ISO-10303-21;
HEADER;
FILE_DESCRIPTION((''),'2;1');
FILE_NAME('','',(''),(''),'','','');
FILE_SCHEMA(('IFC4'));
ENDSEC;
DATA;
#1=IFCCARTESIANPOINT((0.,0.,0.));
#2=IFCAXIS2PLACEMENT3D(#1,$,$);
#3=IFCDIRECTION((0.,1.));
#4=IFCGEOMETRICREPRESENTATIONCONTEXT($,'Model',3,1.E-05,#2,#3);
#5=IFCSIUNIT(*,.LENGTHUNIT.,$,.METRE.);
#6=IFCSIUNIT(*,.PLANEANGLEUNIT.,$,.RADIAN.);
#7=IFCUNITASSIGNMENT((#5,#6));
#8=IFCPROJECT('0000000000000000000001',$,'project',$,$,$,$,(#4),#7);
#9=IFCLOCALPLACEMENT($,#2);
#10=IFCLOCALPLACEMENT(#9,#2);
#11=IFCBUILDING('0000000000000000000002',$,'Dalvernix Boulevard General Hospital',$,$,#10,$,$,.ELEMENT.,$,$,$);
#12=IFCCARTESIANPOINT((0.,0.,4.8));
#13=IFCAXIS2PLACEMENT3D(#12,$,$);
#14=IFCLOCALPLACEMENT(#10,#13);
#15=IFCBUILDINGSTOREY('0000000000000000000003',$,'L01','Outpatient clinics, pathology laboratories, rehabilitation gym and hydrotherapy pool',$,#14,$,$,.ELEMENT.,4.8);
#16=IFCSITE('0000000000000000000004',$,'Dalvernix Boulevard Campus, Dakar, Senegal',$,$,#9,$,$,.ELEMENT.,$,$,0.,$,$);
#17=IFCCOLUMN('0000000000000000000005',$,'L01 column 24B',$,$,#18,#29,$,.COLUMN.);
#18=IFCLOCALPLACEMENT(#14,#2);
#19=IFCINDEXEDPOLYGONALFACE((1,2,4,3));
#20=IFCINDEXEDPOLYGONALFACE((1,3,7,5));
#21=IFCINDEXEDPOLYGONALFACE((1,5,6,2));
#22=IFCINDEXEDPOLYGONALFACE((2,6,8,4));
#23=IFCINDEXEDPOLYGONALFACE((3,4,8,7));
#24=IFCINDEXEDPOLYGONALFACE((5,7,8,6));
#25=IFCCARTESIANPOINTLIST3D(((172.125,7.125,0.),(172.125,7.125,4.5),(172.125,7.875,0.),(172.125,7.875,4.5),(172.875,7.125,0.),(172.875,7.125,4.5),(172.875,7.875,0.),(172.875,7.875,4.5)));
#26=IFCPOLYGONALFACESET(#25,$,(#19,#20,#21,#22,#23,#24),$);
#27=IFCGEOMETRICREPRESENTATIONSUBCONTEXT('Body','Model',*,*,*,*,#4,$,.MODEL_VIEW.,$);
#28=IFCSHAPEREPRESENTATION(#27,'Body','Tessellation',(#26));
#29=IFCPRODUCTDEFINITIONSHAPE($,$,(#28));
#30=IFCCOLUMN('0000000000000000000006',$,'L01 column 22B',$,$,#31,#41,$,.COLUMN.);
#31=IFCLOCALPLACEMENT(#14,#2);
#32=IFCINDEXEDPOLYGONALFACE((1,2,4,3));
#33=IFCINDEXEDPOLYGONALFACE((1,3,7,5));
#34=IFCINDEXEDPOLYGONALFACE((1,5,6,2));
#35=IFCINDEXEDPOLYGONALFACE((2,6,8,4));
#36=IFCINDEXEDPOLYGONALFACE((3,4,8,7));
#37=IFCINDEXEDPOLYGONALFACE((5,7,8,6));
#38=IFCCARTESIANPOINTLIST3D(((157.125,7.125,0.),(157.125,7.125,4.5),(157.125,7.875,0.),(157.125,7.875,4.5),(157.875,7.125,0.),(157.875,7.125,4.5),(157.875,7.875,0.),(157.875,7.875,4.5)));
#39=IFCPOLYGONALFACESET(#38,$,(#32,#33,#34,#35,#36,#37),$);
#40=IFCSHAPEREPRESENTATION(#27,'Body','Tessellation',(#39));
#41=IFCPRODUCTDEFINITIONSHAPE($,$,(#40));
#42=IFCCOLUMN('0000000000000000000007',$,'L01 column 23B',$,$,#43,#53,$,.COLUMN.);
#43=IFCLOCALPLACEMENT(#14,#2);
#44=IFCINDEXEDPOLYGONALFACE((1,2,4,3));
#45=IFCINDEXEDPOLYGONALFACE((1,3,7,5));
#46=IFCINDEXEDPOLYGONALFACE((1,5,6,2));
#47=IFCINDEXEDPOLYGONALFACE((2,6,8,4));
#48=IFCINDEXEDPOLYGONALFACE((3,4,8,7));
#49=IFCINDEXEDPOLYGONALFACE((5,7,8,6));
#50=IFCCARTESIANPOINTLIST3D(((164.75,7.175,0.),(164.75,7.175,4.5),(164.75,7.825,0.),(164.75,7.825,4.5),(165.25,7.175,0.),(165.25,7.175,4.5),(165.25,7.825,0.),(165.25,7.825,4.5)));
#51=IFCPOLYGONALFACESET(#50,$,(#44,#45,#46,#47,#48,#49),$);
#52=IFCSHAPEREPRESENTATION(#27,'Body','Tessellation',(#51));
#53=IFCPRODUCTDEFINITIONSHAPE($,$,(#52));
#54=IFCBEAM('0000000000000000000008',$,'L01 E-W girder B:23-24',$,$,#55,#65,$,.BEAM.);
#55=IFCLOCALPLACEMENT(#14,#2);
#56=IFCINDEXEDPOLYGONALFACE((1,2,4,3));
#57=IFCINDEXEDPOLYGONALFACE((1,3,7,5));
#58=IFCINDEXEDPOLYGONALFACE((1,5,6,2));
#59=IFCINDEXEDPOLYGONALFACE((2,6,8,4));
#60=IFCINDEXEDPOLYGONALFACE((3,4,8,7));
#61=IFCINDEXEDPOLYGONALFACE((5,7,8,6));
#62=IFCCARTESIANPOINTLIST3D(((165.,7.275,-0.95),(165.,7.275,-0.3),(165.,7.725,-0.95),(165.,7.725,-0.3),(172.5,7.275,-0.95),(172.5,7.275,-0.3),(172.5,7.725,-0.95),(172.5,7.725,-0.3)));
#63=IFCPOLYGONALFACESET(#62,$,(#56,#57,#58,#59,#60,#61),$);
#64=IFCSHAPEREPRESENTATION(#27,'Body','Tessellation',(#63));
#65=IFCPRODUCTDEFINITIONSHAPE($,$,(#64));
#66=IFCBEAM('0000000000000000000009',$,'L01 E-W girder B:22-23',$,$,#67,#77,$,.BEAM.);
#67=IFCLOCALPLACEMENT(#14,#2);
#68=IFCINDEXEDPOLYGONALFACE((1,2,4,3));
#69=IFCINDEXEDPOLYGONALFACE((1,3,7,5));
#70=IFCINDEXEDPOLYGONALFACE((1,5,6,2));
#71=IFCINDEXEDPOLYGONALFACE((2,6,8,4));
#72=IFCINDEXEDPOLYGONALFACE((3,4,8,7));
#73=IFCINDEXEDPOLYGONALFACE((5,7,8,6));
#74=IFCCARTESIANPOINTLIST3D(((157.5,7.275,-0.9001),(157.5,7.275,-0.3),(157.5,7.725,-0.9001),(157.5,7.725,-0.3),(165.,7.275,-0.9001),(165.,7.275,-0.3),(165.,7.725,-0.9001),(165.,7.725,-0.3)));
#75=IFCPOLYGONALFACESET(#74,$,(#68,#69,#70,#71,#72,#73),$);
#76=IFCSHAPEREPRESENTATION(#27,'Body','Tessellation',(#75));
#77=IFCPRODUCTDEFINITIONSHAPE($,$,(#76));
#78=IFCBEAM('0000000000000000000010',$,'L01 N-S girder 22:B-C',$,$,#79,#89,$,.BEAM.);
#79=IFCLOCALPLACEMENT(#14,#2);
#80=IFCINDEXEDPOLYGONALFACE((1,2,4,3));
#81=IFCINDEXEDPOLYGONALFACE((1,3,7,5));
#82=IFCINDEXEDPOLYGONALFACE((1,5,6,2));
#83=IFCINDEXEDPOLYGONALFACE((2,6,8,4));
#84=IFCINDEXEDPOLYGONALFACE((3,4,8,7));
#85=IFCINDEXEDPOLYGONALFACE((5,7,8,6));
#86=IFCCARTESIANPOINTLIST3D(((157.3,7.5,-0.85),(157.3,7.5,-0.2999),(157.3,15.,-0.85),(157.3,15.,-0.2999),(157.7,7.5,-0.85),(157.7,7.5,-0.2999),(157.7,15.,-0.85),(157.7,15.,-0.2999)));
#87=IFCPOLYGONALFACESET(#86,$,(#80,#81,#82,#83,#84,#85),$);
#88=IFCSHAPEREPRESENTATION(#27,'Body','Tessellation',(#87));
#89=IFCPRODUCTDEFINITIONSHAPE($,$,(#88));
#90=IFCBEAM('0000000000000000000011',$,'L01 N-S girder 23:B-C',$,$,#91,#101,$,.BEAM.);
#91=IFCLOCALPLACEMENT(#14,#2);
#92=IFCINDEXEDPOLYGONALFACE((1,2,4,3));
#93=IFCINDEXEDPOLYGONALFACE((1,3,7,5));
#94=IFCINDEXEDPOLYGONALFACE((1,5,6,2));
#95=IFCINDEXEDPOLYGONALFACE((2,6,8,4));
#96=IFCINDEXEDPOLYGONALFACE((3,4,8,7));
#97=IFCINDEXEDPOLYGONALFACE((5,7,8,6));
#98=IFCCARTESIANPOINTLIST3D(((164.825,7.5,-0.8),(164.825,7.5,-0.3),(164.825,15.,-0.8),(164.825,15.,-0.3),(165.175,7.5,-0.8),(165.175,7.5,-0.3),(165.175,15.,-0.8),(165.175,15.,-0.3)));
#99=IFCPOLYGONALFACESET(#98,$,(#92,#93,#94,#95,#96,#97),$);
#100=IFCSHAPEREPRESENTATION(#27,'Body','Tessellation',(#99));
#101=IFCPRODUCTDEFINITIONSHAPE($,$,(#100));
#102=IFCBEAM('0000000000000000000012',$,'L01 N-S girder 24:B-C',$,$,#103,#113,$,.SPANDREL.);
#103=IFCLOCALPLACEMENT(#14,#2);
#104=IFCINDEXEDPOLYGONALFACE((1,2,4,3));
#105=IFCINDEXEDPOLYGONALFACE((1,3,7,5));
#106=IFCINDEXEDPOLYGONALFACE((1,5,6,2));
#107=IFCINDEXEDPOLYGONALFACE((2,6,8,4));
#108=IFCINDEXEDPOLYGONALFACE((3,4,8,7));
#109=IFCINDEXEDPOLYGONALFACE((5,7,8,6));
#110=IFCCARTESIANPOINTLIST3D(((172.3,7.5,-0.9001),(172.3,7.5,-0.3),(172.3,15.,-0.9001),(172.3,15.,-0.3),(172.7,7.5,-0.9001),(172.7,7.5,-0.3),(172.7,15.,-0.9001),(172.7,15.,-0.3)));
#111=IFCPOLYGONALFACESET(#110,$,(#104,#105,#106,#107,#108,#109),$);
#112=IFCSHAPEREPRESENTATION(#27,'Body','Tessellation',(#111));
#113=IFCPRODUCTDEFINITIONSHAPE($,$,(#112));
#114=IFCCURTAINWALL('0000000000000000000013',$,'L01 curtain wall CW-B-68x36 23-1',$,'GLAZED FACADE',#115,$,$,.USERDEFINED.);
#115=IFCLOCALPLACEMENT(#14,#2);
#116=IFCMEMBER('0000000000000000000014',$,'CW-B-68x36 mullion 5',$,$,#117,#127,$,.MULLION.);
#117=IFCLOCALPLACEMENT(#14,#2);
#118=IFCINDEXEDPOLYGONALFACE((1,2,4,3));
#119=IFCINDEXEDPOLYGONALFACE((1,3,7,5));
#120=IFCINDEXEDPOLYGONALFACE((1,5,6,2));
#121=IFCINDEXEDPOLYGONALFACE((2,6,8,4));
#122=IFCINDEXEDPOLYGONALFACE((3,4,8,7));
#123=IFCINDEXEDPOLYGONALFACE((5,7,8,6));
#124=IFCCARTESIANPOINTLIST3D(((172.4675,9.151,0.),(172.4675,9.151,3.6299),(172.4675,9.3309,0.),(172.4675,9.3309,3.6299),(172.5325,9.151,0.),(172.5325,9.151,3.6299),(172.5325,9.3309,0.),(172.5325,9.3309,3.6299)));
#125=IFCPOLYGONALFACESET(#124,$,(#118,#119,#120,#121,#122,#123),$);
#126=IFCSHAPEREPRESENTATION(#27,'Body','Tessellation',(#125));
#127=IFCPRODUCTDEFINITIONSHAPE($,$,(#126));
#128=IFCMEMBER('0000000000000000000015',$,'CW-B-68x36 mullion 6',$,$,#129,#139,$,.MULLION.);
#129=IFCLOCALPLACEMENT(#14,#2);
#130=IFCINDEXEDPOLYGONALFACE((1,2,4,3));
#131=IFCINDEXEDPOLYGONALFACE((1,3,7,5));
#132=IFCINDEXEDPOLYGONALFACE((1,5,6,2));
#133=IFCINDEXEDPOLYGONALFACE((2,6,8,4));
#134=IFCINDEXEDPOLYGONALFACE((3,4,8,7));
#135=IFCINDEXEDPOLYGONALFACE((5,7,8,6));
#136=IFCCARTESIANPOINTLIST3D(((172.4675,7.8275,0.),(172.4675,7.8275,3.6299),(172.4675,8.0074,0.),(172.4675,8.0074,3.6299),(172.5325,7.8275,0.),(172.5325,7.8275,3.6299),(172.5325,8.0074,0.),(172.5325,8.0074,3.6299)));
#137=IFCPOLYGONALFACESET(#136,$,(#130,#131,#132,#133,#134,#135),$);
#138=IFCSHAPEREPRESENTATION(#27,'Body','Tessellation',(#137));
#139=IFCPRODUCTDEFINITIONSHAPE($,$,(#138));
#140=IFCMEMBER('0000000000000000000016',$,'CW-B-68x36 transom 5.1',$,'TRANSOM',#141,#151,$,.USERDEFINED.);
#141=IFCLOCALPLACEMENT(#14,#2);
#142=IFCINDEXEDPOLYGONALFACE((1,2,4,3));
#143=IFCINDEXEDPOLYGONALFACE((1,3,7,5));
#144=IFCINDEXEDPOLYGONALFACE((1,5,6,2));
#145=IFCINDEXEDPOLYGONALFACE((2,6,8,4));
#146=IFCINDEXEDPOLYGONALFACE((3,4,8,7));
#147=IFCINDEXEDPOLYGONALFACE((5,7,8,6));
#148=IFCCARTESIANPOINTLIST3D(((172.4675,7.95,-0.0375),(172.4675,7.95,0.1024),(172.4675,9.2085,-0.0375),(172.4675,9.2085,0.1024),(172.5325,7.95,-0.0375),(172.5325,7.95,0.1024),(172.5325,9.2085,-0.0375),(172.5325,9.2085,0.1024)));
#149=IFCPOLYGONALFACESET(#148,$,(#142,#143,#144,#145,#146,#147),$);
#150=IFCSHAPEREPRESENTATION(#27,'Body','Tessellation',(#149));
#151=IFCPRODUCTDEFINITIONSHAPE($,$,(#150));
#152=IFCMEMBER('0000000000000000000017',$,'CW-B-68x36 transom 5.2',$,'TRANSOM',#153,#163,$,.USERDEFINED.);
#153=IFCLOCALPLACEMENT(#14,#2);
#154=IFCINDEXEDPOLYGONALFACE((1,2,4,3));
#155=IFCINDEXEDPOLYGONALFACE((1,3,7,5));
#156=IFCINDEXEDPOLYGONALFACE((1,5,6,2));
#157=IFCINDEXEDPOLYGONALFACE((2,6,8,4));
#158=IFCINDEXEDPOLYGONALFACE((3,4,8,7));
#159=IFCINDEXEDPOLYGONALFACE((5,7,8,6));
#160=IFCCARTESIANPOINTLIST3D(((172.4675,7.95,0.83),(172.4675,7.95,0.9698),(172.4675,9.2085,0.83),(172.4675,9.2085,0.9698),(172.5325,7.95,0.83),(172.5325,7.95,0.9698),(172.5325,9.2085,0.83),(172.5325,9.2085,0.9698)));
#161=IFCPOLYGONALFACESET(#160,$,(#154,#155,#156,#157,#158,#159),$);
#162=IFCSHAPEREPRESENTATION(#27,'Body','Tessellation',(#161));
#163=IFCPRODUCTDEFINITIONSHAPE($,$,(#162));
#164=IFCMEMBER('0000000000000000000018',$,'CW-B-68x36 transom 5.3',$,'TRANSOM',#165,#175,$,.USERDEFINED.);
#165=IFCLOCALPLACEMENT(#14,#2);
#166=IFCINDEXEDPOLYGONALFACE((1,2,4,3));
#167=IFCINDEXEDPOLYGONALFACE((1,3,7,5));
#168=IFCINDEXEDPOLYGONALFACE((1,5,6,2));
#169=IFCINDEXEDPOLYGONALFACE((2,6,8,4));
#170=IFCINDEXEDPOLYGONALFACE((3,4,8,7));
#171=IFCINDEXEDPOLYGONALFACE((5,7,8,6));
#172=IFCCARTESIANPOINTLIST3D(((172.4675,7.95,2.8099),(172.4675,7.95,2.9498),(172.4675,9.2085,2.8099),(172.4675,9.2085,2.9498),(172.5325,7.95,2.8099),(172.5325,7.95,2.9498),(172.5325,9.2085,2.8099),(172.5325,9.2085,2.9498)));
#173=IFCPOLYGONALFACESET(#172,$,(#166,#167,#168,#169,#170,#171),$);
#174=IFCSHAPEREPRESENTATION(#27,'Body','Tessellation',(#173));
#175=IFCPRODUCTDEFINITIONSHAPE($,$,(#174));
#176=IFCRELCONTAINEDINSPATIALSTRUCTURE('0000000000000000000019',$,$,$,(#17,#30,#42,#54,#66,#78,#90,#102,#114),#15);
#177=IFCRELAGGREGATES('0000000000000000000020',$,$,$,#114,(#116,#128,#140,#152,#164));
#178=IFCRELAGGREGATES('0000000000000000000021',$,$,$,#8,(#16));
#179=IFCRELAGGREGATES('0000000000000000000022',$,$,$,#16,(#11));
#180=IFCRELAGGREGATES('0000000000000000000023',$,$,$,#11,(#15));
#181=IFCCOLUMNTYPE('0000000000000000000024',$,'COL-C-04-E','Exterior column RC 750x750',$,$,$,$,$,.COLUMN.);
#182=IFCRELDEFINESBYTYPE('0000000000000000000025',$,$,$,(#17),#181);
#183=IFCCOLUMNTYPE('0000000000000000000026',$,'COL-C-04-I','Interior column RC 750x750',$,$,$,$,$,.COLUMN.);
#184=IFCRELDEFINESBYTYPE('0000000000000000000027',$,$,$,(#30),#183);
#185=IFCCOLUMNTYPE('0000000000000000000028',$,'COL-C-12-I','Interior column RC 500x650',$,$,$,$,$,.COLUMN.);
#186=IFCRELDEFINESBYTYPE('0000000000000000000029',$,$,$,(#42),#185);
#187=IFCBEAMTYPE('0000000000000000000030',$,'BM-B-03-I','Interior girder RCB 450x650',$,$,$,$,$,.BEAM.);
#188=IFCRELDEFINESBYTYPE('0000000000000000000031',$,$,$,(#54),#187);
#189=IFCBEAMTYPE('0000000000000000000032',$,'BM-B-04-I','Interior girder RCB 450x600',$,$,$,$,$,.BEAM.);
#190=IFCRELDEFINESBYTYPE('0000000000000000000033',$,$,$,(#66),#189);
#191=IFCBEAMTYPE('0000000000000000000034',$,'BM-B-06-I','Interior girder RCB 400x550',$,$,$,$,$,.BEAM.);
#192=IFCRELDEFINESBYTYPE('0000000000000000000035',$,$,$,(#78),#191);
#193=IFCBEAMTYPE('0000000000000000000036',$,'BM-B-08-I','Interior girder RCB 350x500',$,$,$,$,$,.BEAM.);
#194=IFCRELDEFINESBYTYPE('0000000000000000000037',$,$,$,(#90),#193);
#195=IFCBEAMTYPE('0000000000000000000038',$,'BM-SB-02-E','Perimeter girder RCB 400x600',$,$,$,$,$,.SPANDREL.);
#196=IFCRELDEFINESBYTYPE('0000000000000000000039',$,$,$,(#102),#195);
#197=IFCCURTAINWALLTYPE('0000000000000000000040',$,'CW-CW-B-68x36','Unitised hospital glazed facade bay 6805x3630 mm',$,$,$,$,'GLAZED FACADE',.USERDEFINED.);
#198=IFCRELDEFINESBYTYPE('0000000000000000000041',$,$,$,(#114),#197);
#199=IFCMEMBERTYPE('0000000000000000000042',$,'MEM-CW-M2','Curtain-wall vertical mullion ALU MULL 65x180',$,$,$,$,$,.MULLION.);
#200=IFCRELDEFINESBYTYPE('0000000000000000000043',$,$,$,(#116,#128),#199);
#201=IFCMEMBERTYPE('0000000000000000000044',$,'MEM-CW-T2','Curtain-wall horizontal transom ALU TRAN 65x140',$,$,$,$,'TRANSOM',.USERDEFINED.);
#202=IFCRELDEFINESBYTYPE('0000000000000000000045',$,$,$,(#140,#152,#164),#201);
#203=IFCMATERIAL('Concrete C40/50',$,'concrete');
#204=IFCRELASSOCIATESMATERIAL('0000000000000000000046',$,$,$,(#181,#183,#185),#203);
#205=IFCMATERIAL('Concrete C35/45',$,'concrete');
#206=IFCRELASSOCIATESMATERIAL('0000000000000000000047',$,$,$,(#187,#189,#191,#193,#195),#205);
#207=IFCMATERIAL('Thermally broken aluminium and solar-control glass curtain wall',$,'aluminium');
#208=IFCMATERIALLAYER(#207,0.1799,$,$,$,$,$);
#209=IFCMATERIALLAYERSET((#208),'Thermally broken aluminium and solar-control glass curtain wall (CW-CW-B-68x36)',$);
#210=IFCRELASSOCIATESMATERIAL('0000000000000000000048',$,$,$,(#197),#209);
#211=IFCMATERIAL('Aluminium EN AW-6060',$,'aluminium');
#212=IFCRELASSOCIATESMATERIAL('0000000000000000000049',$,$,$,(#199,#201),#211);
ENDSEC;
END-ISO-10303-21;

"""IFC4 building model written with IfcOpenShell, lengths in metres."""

from ifc_helpers import new_model, si_unit, direction, frame, origin, origin_2d, place, context, subcontext, project, spatial, rectangle, extrude, material, layer, layer_set, material_profile, profile_set, type_object, element, aggregate, save


model = new_model("IFC4")

# Units and contexts
model_context = context("Model", 3, precision=1e-05, world=origin(), true_north=direction((0.0, 1.0)))
body_context = subcontext(model_context, "Body", "Model", "MODEL_VIEW")
ifc_project = project(units=[si_unit("LENGTHUNIT", "METRE"), si_unit("PLANEANGLEUNIT", "RADIAN")], contexts=[model_context])

# Site, building, storey
site_placement = place(None, origin())
site = spatial("IfcSite", under=ifc_project, at=site_placement, Name="Dalvernix Boulevard Campus, Dakar, Senegal", CompositionType="ELEMENT", RefElevation=0.0)
building_placement = place(site_placement, origin())
building = spatial("IfcBuilding", under=site, at=building_placement, Name="Dalvernix Boulevard General Hospital", CompositionType="ELEMENT")
storey_placement = place(building_placement, frame((0.0, 0.0, 4.8)))
storey = spatial("IfcBuildingStorey", under=building, at=storey_placement, Name="L01", Description="Outpatient clinics, pathology laboratories, rehabilitation gym and hydrotherapy pool", CompositionType="ELEMENT", Elevation=4.8)

# Columns
ifc_material_1 = material(Name="Concrete C40/50", Category="concrete")
ifc_material_profile_1 = material_profile(ifc_material_1, rectangle(XDim=0.75, YDim=0.75, at=origin_2d()), Name="RC 750x750")
ifc_profile_set_1 = profile_set([ifc_material_profile_1], Name="Concrete C40/50")
column_type_1 = type_object("IfcColumnType", Name="COL-C-04-E", Description="Exterior column RC 750x750", PredefinedType="COLUMN", material=ifc_profile_set_1)
column_1_placement = place(storey_placement, frame((172.5, 7.5, 0.0), z_axis=(0.0, 0.0, 1.0), x_axis=(1.0, 0.0, 0.0)))
element("IfcColumn", 1, at=column_1_placement, inside=storey, type_object=column_type_1, Name="L01 column 24B", PredefinedType="COLUMN", context=body_context, shape_type="SweptSolid", body=[
    extrude(rectangle(XDim=0.75, YDim=0.75, at=origin_2d()), origin(), (0.0, 0.0, 1.0), 4.5),
])
ifc_material_profile_2 = material_profile(ifc_material_1, rectangle(XDim=0.75, YDim=0.75, at=origin_2d()), Name="RC 750x750")
ifc_profile_set_2 = profile_set([ifc_material_profile_2], Name="Concrete C40/50")
column_type_2 = type_object("IfcColumnType", Name="COL-C-04-I", Description="Interior column RC 750x750", PredefinedType="COLUMN", material=ifc_profile_set_2)
column_2_placement = place(storey_placement, frame((157.5, 7.5, 0.0), z_axis=(0.0, 0.0, 1.0), x_axis=(1.0, 0.0, 0.0)))
element("IfcColumn", 2, at=column_2_placement, inside=storey, type_object=column_type_2, Name="L01 column 22B", PredefinedType="COLUMN", context=body_context, shape_type="SweptSolid", body=[
    extrude(rectangle(XDim=0.75, YDim=0.75, at=origin_2d()), origin(), (0.0, 0.0, 1.0), 4.5),
])
ifc_material_profile_3 = material_profile(ifc_material_1, rectangle(XDim=0.5, YDim=0.6499, at=origin_2d()), Name="RC 500x650")
ifc_profile_set_3 = profile_set([ifc_material_profile_3], Name="Concrete C40/50")
column_type_3 = type_object("IfcColumnType", Name="COL-C-12-I", Description="Interior column RC 500x650", PredefinedType="COLUMN", material=ifc_profile_set_3)
column_3_placement = place(storey_placement, frame((165.0, 7.5, 0.0), z_axis=(0.0, 0.0, 1.0), x_axis=(1.0, 0.0, 0.0)))
element("IfcColumn", 3, at=column_3_placement, inside=storey, type_object=column_type_3, Name="L01 column 23B", PredefinedType="COLUMN", context=body_context, shape_type="SweptSolid", body=[
    extrude(rectangle(XDim=0.5, YDim=0.6499, at=origin_2d()), origin(), (0.0, 0.0, 1.0), 4.5),
])

# Beams
ifc_material_2 = material(Name="Concrete C35/45", Category="concrete")
ifc_material_profile_4 = material_profile(ifc_material_2, rectangle(XDim=0.45, YDim=0.6499, at=origin_2d()), Name="RCB 450x650")
ifc_profile_set_4 = profile_set([ifc_material_profile_4], Name="Concrete C35/45")
beam_type_1 = type_object("IfcBeamType", Name="BM-B-03-I", Description="Interior girder RCB 450x650", PredefinedType="BEAM", material=ifc_profile_set_4)
beam_1_placement = place(storey_placement, frame((165.0, 7.5, -0.625), z_axis=(1.0, 0.0, 0.0), x_axis=(0.0, 1.0, 0.0)))
element("IfcBeam", 4, at=beam_1_placement, inside=storey, type_object=beam_type_1, Name="L01 E-W girder B:23-24", PredefinedType="BEAM", context=body_context, shape_type="SweptSolid", body=[
    extrude(rectangle(XDim=0.45, YDim=0.6499, at=origin_2d()), origin(), (0.0, 0.0, 1.0), 7.5),
])
ifc_material_profile_5 = material_profile(ifc_material_2, rectangle(XDim=0.45, YDim=0.6001, at=origin_2d()), Name="RCB 450x600")
ifc_profile_set_5 = profile_set([ifc_material_profile_5], Name="Concrete C35/45")
beam_type_2 = type_object("IfcBeamType", Name="BM-B-04-I", Description="Interior girder RCB 450x600", PredefinedType="BEAM", material=ifc_profile_set_5)
beam_2_placement = place(storey_placement, frame((157.5, 7.5, -0.6001), z_axis=(1.0, 0.0, 0.0), x_axis=(0.0, 1.0, 0.0)))
element("IfcBeam", 5, at=beam_2_placement, inside=storey, type_object=beam_type_2, Name="L01 E-W girder B:22-23", PredefinedType="BEAM", context=body_context, shape_type="SweptSolid", body=[
    extrude(rectangle(XDim=0.45, YDim=0.6001, at=origin_2d()), origin(), (0.0, 0.0, 1.0), 7.5),
])
ifc_material_profile_6 = material_profile(ifc_material_2, rectangle(XDim=0.3999, YDim=0.55, at=origin_2d()), Name="RCB 400x550")
ifc_profile_set_6 = profile_set([ifc_material_profile_6], Name="Concrete C35/45")
beam_type_3 = type_object("IfcBeamType", Name="BM-B-06-I", Description="Interior girder RCB 400x550", PredefinedType="BEAM", material=ifc_profile_set_6)
beam_3_placement = place(storey_placement, frame((157.5, 7.5, -0.575), z_axis=(0.0, 1.0, 0.0), x_axis=(-1.0, 0.0, 0.0)))
element("IfcBeam", 6, at=beam_3_placement, inside=storey, type_object=beam_type_3, Name="L01 N-S girder 22:B-C", PredefinedType="BEAM", context=body_context, shape_type="SweptSolid", body=[
    extrude(rectangle(XDim=0.3999, YDim=0.55, at=origin_2d()), origin(), (0.0, 0.0, 1.0), 7.5),
])
ifc_material_profile_7 = material_profile(ifc_material_2, rectangle(XDim=0.3501, YDim=0.5, at=origin_2d()), Name="RCB 350x500")
ifc_profile_set_7 = profile_set([ifc_material_profile_7], Name="Concrete C35/45")
beam_type_4 = type_object("IfcBeamType", Name="BM-B-08-I", Description="Interior girder RCB 350x500", PredefinedType="BEAM", material=ifc_profile_set_7)
beam_4_placement = place(storey_placement, frame((165.0, 7.5, -0.55), z_axis=(0.0, 1.0, 0.0), x_axis=(-1.0, 0.0, 0.0)))
element("IfcBeam", 7, at=beam_4_placement, inside=storey, type_object=beam_type_4, Name="L01 N-S girder 23:B-C", PredefinedType="BEAM", context=body_context, shape_type="SweptSolid", body=[
    extrude(rectangle(XDim=0.3501, YDim=0.5, at=origin_2d()), origin(), (0.0, 0.0, 1.0), 7.5),
])
ifc_material_profile_8 = material_profile(ifc_material_2, rectangle(XDim=0.3999, YDim=0.6001, at=origin_2d()), Name="RCB 400x600")
ifc_profile_set_8 = profile_set([ifc_material_profile_8], Name="Concrete C35/45")
beam_type_5 = type_object("IfcBeamType", Name="BM-SB-02-E", Description="Perimeter girder RCB 400x600", PredefinedType="SPANDREL", material=ifc_profile_set_8)
beam_5_placement = place(storey_placement, frame((172.5, 7.5, -0.6001), z_axis=(0.0, 1.0, 0.0), x_axis=(-1.0, 0.0, 0.0)))
element("IfcBeam", 8, at=beam_5_placement, inside=storey, type_object=beam_type_5, Name="L01 N-S girder 24:B-C", PredefinedType="SPANDREL", context=body_context, shape_type="SweptSolid", body=[
    extrude(rectangle(XDim=0.3999, YDim=0.6001, at=origin_2d()), origin(), (0.0, 0.0, 1.0), 7.5),
])

# Curtain wall, members
ifc_material_3 = material(Name="Thermally broken aluminium and solar-control glass curtain wall", Category="aluminium")
ifc_layer_1 = layer(ifc_material_3, 0.1799)
ifc_layer_set_1 = layer_set([ifc_layer_1], Name="Thermally broken aluminium and solar-control glass curtain wall (CW-CW-B-68x36)")
curtain_wall_type = type_object("IfcCurtainWallType", Name="CW-CW-B-68x36", Description="Unitised hospital glazed facade bay 6805x3630 mm", ElementType="GLAZED FACADE", PredefinedType="USERDEFINED", material=ifc_layer_set_1)
curtain_wall_placement = place(storey_placement, origin())
curtain_wall = element("IfcCurtainWall", 9, at=curtain_wall_placement, inside=storey, type_object=curtain_wall_type, Name="L01 curtain wall CW-B-68x36 23-1", ObjectType="GLAZED FACADE", PredefinedType="USERDEFINED")
ifc_material_4 = material(Name="Aluminium EN AW-6060", Category="aluminium")
ifc_material_profile_9 = material_profile(ifc_material_4, rectangle(XDim=0.0649, YDim=0.1799, at=origin_2d()), Name="ALU MULL 65x180")
ifc_profile_set_9 = profile_set([ifc_material_profile_9], Name="Aluminium EN AW-6060")
member_type_1 = type_object("IfcMemberType", Name="MEM-CW-M2", Description="Curtain-wall vertical mullion ALU MULL 65x180", PredefinedType="MULLION", material=ifc_profile_set_9)
member_1_placement = place(storey_placement, frame((172.5, 9.241, 0.0), z_axis=(0.0, 0.0, 1.0), x_axis=(1.0, 0.0, 0.0)))
member_1 = element("IfcMember", 10, at=member_1_placement, type_object=member_type_1, Name="CW-B-68x36 mullion 5", PredefinedType="MULLION", context=body_context, shape_type="SweptSolid", body=[
    extrude(rectangle(XDim=0.0649, YDim=0.1799, at=origin_2d()), origin(), (0.0, 0.0, 1.0), 3.6299),
])
member_2_placement = place(storey_placement, frame((172.5, 7.9175, 0.0), z_axis=(0.0, 0.0, 1.0), x_axis=(1.0, 0.0, 0.0)))
member_2 = element("IfcMember", 11, at=member_2_placement, type_object=member_type_1, Name="CW-B-68x36 mullion 6", PredefinedType="MULLION", context=body_context, shape_type="SweptSolid", body=[
    extrude(rectangle(XDim=0.0649, YDim=0.1799, at=origin_2d()), origin(), (0.0, 0.0, 1.0), 3.6299),
])
ifc_material_profile_10 = material_profile(ifc_material_4, rectangle(XDim=0.0649, YDim=0.1399, at=origin_2d()), Name="ALU TRAN 65x140")
ifc_profile_set_10 = profile_set([ifc_material_profile_10], Name="Aluminium EN AW-6060")
member_type_2 = type_object("IfcMemberType", Name="MEM-CW-T2", Description="Curtain-wall horizontal transom ALU TRAN 65x140", ElementType="TRANSOM", PredefinedType="USERDEFINED", material=ifc_profile_set_10)
member_3_placement = place(storey_placement, frame((172.5, 9.2085, 0.0325), z_axis=(0.0, -1.0, 0.0), x_axis=(1.0, 0.0, 0.0)))
member_3 = element("IfcMember", 12, at=member_3_placement, type_object=member_type_2, Name="CW-B-68x36 transom 5.1", ObjectType="TRANSOM", PredefinedType="USERDEFINED", context=body_context, shape_type="SweptSolid", body=[
    extrude(rectangle(XDim=0.0649, YDim=0.1399, at=origin_2d()), origin(), (0.0, 0.0, 1.0), 1.2585),
])
member_4_placement = place(storey_placement, frame((172.5, 9.2085, 0.8999), z_axis=(0.0, -1.0, 0.0), x_axis=(1.0, 0.0, 0.0)))
member_4 = element("IfcMember", 13, at=member_4_placement, type_object=member_type_2, Name="CW-B-68x36 transom 5.2", ObjectType="TRANSOM", PredefinedType="USERDEFINED", context=body_context, shape_type="SweptSolid", body=[
    extrude(rectangle(XDim=0.0649, YDim=0.1399, at=origin_2d()), origin(), (0.0, 0.0, 1.0), 1.2585),
])
member_5_placement = place(storey_placement, frame((172.5, 9.2085, 2.8799), z_axis=(0.0, -1.0, 0.0), x_axis=(1.0, 0.0, 0.0)))
member_5 = element("IfcMember", 14, at=member_5_placement, type_object=member_type_2, Name="CW-B-68x36 transom 5.3", ObjectType="TRANSOM", PredefinedType="USERDEFINED", context=body_context, shape_type="SweptSolid", body=[
    extrude(rectangle(XDim=0.0649, YDim=0.1399, at=origin_2d()), origin(), (0.0, 0.0, 1.0), 1.2585),
])
aggregate(curtain_wall, [member_1, member_2, member_3, member_4, member_5])

save(model, "model.ifc")
